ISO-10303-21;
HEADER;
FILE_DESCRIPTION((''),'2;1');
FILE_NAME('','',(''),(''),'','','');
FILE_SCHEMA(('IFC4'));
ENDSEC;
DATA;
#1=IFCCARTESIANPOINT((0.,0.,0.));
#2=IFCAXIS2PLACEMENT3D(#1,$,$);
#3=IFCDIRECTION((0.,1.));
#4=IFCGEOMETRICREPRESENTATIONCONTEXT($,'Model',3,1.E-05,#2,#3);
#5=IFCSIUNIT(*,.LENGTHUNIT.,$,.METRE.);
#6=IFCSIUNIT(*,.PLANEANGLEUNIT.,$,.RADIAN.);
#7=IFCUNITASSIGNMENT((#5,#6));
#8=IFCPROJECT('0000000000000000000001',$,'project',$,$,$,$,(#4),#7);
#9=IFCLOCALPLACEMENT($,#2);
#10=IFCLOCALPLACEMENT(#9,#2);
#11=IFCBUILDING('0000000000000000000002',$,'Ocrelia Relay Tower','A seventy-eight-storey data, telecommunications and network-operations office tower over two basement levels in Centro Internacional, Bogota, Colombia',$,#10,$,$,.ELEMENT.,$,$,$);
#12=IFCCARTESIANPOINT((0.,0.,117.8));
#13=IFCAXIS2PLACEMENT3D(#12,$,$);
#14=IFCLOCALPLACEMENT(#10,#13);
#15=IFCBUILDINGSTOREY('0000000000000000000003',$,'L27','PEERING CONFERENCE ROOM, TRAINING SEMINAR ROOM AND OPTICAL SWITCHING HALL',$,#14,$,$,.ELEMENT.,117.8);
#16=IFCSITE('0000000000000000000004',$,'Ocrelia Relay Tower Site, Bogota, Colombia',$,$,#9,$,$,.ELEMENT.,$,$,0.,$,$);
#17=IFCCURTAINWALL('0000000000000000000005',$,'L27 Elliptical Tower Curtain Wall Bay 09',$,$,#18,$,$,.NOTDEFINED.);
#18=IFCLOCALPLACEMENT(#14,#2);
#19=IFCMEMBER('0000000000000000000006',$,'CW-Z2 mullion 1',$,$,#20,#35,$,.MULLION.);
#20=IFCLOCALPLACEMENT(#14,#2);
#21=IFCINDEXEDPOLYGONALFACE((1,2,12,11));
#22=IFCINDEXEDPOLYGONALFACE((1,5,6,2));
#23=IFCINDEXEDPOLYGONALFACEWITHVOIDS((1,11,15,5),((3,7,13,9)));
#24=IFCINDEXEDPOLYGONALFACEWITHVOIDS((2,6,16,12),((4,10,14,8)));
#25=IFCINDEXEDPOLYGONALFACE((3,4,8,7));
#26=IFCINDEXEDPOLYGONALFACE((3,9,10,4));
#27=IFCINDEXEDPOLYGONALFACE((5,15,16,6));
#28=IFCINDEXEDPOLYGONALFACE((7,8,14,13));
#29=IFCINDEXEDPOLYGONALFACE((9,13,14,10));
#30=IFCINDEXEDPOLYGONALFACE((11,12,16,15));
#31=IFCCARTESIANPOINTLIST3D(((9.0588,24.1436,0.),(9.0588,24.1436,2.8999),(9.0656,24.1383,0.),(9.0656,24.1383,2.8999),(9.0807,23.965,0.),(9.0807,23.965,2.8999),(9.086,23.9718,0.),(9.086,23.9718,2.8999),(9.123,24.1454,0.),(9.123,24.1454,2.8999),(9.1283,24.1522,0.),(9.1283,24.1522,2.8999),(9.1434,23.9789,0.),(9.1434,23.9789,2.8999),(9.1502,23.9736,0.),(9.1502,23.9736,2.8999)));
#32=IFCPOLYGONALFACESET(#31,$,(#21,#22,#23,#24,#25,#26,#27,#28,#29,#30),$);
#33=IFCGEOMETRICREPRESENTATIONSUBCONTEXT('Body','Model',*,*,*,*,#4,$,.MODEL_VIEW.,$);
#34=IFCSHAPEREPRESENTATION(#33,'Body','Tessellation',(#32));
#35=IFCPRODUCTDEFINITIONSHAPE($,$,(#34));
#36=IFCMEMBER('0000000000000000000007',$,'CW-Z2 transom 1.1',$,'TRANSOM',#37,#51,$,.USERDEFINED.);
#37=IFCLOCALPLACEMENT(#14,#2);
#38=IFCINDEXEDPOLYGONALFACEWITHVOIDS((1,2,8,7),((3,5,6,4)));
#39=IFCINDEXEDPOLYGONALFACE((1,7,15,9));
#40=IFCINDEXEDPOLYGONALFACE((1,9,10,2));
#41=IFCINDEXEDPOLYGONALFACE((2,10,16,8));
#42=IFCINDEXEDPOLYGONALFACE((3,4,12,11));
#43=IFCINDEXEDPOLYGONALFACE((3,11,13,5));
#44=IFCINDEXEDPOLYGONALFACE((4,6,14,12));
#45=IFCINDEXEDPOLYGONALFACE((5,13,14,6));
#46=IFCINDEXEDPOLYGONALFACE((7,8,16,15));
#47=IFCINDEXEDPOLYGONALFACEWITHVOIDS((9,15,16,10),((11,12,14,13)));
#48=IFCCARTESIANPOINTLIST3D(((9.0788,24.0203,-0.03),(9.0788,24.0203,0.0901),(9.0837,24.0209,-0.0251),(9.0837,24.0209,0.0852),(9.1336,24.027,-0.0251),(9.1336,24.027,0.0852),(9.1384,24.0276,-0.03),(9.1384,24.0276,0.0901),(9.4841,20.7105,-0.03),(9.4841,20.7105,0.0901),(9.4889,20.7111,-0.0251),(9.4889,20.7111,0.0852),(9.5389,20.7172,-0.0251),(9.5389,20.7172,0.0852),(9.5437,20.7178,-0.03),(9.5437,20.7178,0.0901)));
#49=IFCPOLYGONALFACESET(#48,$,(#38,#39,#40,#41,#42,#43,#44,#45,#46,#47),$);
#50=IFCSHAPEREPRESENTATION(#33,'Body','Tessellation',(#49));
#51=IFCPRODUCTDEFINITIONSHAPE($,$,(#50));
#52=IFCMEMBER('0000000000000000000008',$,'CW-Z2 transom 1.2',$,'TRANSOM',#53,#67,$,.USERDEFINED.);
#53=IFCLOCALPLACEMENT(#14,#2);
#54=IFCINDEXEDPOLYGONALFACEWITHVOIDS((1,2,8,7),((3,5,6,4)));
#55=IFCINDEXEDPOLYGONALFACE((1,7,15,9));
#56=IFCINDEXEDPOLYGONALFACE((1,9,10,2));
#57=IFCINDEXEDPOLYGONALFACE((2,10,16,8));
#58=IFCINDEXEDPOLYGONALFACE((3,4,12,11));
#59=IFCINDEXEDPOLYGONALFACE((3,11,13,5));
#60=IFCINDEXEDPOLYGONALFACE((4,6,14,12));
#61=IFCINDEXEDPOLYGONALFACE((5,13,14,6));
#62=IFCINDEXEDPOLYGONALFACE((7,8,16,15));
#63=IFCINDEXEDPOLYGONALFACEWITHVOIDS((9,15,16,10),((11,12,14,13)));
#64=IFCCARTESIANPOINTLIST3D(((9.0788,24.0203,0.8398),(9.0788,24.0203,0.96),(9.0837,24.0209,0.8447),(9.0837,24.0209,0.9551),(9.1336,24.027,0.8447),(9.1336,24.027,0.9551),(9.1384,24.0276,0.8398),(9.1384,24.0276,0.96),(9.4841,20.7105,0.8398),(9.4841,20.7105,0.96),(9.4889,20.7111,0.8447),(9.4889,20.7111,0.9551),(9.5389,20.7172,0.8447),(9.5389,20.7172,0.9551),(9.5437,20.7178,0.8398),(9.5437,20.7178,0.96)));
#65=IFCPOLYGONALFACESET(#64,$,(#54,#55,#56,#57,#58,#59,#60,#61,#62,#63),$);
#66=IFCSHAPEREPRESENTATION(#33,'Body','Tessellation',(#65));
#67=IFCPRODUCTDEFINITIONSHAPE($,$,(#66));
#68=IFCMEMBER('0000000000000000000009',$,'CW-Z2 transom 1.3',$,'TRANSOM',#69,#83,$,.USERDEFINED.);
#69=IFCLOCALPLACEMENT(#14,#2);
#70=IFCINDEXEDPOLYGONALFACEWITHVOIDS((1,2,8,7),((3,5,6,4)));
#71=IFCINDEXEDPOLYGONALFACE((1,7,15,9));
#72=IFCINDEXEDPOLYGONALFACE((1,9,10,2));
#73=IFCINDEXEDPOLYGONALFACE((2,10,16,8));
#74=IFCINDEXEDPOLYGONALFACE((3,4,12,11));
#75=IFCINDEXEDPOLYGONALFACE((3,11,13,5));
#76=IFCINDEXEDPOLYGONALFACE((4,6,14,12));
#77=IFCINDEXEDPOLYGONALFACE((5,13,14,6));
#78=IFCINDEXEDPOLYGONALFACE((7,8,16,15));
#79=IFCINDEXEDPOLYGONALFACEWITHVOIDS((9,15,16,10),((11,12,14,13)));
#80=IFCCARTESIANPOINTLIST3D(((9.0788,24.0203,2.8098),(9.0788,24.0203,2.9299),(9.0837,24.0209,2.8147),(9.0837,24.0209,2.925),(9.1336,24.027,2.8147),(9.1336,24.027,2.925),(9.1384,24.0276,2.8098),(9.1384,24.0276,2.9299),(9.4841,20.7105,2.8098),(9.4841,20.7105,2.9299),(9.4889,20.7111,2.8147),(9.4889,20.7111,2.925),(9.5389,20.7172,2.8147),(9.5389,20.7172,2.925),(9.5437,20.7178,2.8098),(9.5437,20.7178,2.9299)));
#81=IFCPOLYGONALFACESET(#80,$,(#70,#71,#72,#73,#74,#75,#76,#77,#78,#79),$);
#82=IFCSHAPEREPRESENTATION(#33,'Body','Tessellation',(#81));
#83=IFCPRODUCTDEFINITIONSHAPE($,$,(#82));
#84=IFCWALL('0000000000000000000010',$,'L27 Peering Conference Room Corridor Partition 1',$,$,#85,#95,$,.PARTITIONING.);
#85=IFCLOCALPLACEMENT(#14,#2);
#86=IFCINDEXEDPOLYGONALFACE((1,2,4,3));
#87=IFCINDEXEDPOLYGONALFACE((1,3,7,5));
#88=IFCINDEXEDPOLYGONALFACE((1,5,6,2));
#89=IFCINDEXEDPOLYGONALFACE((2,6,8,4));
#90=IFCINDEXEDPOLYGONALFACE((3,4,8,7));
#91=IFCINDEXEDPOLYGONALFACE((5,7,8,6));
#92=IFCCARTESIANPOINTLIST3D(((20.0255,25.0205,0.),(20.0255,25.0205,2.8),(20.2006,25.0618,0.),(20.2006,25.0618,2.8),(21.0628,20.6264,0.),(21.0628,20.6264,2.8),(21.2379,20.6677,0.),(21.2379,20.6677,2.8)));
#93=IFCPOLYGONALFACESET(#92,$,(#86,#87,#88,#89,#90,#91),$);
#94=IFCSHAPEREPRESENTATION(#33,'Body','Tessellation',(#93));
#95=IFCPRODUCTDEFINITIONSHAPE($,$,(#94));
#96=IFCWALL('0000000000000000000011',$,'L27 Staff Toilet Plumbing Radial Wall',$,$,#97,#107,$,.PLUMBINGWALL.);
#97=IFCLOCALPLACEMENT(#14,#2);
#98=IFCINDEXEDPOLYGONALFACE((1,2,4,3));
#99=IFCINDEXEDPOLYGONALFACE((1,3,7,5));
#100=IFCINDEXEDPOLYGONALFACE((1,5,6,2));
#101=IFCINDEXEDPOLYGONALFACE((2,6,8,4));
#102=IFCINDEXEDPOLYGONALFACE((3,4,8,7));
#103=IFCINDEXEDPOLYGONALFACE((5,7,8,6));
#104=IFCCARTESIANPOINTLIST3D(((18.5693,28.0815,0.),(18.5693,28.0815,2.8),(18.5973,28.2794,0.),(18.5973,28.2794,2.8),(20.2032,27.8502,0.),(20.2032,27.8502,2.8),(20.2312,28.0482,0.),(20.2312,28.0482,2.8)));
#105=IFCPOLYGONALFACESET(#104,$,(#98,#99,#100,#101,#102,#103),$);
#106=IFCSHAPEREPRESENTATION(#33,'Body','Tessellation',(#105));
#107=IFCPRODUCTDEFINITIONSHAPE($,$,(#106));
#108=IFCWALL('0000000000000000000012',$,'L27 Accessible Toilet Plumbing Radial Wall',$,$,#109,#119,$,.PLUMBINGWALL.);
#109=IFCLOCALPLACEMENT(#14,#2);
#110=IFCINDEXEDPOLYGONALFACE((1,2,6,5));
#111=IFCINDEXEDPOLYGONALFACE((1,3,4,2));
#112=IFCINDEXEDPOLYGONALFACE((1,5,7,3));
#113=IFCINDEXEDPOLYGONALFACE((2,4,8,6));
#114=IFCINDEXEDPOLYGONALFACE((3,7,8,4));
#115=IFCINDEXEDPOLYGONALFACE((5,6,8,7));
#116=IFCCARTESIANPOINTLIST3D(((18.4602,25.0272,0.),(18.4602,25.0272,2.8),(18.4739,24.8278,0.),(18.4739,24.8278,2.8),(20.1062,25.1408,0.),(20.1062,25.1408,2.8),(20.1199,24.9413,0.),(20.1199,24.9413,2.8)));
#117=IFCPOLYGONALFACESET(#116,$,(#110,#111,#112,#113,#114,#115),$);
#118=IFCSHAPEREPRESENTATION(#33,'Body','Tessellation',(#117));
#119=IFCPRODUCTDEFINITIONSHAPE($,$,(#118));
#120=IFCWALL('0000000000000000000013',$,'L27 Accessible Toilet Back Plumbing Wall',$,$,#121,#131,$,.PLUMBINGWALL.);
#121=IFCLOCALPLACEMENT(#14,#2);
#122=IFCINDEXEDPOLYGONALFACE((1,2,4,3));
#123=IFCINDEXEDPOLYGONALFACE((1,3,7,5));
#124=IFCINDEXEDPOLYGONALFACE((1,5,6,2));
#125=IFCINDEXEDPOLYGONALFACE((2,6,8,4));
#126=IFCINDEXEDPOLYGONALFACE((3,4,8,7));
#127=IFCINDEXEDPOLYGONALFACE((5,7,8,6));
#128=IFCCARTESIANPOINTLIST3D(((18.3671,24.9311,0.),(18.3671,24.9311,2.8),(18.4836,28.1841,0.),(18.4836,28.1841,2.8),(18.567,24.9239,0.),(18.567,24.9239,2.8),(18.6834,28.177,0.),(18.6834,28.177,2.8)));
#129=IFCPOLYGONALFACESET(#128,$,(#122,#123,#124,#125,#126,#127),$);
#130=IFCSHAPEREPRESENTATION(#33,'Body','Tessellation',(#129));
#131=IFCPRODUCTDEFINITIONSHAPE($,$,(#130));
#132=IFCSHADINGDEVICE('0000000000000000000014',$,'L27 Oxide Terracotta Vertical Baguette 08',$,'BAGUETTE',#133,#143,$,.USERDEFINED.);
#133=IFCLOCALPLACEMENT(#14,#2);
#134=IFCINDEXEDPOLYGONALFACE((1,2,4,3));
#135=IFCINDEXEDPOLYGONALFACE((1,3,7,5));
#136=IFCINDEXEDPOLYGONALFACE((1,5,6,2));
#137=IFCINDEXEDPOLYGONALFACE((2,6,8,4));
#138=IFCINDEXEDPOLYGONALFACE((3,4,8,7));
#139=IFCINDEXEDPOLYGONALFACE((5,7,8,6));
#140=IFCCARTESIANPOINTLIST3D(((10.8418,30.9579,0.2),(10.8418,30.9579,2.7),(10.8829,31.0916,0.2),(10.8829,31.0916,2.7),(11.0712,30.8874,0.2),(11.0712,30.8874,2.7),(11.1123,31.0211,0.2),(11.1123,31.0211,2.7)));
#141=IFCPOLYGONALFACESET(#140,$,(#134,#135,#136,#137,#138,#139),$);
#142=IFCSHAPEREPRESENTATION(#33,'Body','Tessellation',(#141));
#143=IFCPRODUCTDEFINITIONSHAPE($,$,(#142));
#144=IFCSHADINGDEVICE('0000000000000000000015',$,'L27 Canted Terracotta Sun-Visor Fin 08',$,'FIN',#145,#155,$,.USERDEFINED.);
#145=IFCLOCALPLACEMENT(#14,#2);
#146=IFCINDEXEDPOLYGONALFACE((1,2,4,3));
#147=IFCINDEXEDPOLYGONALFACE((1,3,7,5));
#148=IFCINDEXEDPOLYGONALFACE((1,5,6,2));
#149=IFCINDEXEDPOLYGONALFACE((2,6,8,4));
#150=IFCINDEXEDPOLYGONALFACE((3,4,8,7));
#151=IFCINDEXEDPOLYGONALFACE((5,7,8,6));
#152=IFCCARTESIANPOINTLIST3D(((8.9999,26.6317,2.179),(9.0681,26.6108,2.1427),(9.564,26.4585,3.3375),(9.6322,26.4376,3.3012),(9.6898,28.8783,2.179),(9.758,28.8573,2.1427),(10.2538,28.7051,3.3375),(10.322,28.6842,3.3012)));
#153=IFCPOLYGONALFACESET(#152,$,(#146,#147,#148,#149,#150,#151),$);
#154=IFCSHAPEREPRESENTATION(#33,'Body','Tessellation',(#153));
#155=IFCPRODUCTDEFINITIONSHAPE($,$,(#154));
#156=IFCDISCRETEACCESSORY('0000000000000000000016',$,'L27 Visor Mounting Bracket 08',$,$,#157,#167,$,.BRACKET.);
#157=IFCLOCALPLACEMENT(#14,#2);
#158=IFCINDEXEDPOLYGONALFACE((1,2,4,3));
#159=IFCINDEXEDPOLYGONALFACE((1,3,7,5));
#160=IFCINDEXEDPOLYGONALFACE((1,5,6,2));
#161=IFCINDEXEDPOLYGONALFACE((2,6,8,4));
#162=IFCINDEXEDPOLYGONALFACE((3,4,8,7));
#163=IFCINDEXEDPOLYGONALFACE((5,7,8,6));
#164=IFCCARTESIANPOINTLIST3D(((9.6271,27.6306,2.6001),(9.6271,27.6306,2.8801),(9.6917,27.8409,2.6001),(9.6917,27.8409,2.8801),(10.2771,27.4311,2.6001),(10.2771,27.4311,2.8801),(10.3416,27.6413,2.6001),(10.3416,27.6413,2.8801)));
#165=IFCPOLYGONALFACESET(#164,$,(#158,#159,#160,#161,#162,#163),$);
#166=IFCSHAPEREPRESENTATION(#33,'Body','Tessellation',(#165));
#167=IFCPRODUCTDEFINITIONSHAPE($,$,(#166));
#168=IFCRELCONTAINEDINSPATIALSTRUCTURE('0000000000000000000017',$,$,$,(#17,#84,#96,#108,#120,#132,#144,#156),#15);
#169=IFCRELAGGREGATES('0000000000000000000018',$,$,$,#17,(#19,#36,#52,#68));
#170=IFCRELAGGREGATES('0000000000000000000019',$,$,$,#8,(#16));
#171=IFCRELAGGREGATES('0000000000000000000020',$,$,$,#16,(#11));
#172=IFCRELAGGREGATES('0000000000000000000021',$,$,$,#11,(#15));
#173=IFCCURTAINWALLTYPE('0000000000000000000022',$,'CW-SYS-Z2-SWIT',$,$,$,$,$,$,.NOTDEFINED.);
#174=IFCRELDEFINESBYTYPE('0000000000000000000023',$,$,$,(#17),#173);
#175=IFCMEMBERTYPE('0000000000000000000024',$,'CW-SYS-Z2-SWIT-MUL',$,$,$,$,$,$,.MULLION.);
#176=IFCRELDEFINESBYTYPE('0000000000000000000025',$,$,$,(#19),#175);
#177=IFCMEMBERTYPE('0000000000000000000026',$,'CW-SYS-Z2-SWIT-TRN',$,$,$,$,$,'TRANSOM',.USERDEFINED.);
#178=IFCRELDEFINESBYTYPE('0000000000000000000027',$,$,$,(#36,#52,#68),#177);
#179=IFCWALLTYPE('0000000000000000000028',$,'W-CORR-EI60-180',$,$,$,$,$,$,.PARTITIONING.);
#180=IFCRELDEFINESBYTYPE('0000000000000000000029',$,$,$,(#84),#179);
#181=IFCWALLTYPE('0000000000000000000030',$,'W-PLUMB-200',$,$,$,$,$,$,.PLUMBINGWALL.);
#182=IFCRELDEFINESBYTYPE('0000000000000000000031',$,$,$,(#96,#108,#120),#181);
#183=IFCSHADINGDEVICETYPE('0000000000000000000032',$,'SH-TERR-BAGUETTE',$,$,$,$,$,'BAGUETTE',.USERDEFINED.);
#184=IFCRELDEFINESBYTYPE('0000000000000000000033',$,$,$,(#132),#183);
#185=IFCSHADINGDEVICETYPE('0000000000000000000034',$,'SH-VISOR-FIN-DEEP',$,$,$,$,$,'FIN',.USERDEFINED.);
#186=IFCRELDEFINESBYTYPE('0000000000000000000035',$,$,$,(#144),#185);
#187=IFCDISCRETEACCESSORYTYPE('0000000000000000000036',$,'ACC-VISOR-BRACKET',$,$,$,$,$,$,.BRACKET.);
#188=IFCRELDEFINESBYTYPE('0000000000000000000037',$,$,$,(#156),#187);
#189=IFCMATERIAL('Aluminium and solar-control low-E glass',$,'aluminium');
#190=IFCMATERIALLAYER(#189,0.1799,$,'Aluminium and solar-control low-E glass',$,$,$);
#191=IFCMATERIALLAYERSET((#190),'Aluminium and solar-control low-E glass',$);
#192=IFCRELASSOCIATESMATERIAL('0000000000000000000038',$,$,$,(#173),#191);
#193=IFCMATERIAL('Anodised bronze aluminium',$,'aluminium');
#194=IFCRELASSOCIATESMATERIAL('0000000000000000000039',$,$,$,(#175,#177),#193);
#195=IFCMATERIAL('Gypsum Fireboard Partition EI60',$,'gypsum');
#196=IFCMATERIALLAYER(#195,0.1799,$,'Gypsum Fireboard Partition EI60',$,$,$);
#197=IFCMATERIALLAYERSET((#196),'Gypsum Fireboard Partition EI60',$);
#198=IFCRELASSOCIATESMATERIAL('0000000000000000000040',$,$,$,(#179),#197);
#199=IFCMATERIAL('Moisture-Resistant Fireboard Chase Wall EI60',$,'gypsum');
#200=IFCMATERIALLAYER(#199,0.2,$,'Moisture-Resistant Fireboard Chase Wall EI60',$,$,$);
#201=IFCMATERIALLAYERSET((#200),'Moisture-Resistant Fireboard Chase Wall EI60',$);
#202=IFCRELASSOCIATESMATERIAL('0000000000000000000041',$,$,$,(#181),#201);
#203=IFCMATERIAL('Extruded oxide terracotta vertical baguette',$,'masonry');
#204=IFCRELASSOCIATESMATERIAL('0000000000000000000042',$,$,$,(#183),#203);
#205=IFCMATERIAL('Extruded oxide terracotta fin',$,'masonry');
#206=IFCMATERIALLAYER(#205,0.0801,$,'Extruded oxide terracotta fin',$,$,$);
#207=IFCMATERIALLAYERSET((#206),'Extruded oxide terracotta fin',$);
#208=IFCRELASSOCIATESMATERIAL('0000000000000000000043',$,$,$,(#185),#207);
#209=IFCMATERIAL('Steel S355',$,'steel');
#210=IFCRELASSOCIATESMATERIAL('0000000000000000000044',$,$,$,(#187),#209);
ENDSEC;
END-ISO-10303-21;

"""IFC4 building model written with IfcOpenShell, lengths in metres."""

from ifc_helpers import new_model, si_unit, direction, frame, frame_2d, origin, origin_2d, place, context, subcontext, project, spatial, rectangle, hollow_rectangle, extrude, material, layer, layer_set, material_profile, profile_set, type_object, element, aggregate, save


model = new_model("IFC4")

# Units and contexts
model_context = context("Model", 3, precision=1e-05, world=origin(), true_north=direction((0.0, 1.0)))
body_context = subcontext(model_context, "Body", "Model", "MODEL_VIEW")
ifc_project = project(units=[si_unit("LENGTHUNIT", "METRE"), si_unit("PLANEANGLEUNIT", "RADIAN")], contexts=[model_context])

# Site, building, storey
site_placement = place(None, origin())
site = spatial("IfcSite", under=ifc_project, at=site_placement, Name="Ocrelia Relay Tower Site, Bogota, Colombia", CompositionType="ELEMENT", RefElevation=0.0)
building_placement = place(site_placement, origin())
building = spatial("IfcBuilding", under=site, at=building_placement, Name="Ocrelia Relay Tower", Description="A seventy-eight-storey data, telecommunications and network-operations office tower over two basement levels in Centro Internacional, Bogota, Colombia", CompositionType="ELEMENT")
storey_placement = place(building_placement, frame((0.0, 0.0, 117.8)))
storey = spatial("IfcBuildingStorey", under=building, at=storey_placement, Name="L27", Description="PEERING CONFERENCE ROOM, TRAINING SEMINAR ROOM AND OPTICAL SWITCHING HALL", CompositionType="ELEMENT", Elevation=117.8)

# Shared definitions
ifc_material_1 = material(Name="Steel S355", Category="steel")

# Curtain wall, members
ifc_material_2 = material(Name="Aluminium and solar-control low-E glass", Category="aluminium")
ifc_layer_1 = layer(ifc_material_2, 0.1799, Name="Aluminium and solar-control low-E glass")
ifc_layer_set_1 = layer_set([ifc_layer_1], Name="Aluminium and solar-control low-E glass")
curtain_wall_type = type_object("IfcCurtainWallType", Name="CW-SYS-Z2-SWIT", PredefinedType="NOTDEFINED", material=ifc_layer_set_1)
curtain_wall_placement = place(storey_placement, origin())
curtain_wall = element("IfcCurtainWall", 1, at=curtain_wall_placement, inside=storey, type_object=curtain_wall_type, Name="L27 Elliptical Tower Curtain Wall Bay 09", PredefinedType="NOTDEFINED")
ifc_material_3 = material(Name="Anodised bronze aluminium", Category="aluminium")
ifc_material_profile_1 = material_profile(ifc_material_3, hollow_rectangle(XDim=0.0701, YDim=0.1799, WallThickness=0.0061, at=origin_2d()), Name="CW-MUL-180x70")
ifc_profile_set_1 = profile_set([ifc_material_profile_1], Name="Anodised bronze aluminium")
member_type_1 = type_object("IfcMemberType", Name="CW-SYS-Z2-SWIT-MUL", PredefinedType="MULLION", material=ifc_profile_set_1)
member_1_placement = place(storey_placement, frame((9.1045, 24.0586, 0.0), z_axis=(0.0, 0.0, 1.0), x_axis=(0.992588, 0.121528, 0.0)))
member_1 = element("IfcMember", 2, at=member_1_placement, type_object=member_type_1, Name="CW-Z2 mullion 1", PredefinedType="MULLION", context=body_context, shape_type="SweptSolid", body=[
    extrude(hollow_rectangle(XDim=0.0701, YDim=0.1799, WallThickness=0.0061, at=origin_2d()), origin(), (0.0, 0.0, 1.0), 2.8999),
])
ifc_material_profile_2 = material_profile(ifc_material_3, hollow_rectangle(XDim=0.0601, YDim=0.1201, WallThickness=0.0049, at=origin_2d()), Name="CW-TRN-120x60")
ifc_profile_set_2 = profile_set([ifc_material_profile_2], Name="Anodised bronze aluminium")
member_type_2 = type_object("IfcMemberType", Name="CW-SYS-Z2-SWIT-TRN", ElementType="TRANSOM", PredefinedType="USERDEFINED", material=ifc_profile_set_2)
member_2_placement = place(storey_placement, frame((9.1086, 24.0239, 0.03), z_axis=(0.121538, -0.992587, 0.0), x_axis=(0.992587, 0.121538, 0.0)))
member_2 = element("IfcMember", 3, at=member_2_placement, type_object=member_type_2, Name="CW-Z2 transom 1.1", ObjectType="TRANSOM", PredefinedType="USERDEFINED", context=body_context, shape_type="SweptSolid", body=[
    extrude(hollow_rectangle(XDim=0.0601, YDim=0.1201, WallThickness=0.0049, at=origin_2d()), origin(), (0.0, 0.0, 1.0), 3.3345),
])
member_3_placement = place(storey_placement, frame((9.1086, 24.0239, 0.8999), z_axis=(0.121538, -0.992587, 0.0), x_axis=(0.992587, 0.121538, 0.0)))
member_3 = element("IfcMember", 4, at=member_3_placement, type_object=member_type_2, Name="CW-Z2 transom 1.2", ObjectType="TRANSOM", PredefinedType="USERDEFINED", context=body_context, shape_type="SweptSolid", body=[
    extrude(hollow_rectangle(XDim=0.0601, YDim=0.1201, WallThickness=0.0049, at=origin_2d()), origin(), (0.0, 0.0, 1.0), 3.3345),
])
member_4_placement = place(storey_placement, frame((9.1086, 24.0239, 2.8699), z_axis=(0.121538, -0.992587, 0.0), x_axis=(0.992587, 0.121538, 0.0)))
member_4 = element("IfcMember", 5, at=member_4_placement, type_object=member_type_2, Name="CW-Z2 transom 1.3", ObjectType="TRANSOM", PredefinedType="USERDEFINED", context=body_context, shape_type="SweptSolid", body=[
    extrude(hollow_rectangle(XDim=0.0601, YDim=0.1201, WallThickness=0.0049, at=origin_2d()), origin(), (0.0, 0.0, 1.0), 3.3345),
])
aggregate(curtain_wall, [member_1, member_2, member_3, member_4])

# Walls
ifc_material_4 = material(Name="Gypsum Fireboard Partition EI60", Category="gypsum")
ifc_layer_2 = layer(ifc_material_4, 0.1799, Name="Gypsum Fireboard Partition EI60")
ifc_layer_set_2 = layer_set([ifc_layer_2], Name="Gypsum Fireboard Partition EI60")
wall_type_1 = type_object("IfcWallType", Name="W-CORR-EI60-180", PredefinedType="PARTITIONING", material=ifc_layer_set_2)
wall_1_placement = place(storey_placement, frame((20.113, 25.041, 0.0), z_axis=(0.0, 0.0, 1.0), x_axis=(0.229766, -0.973246, 0.0)))
element("IfcWall", 6, at=wall_1_placement, inside=storey, type_object=wall_type_1, Name="L27 Peering Conference Room Corridor Partition 1", PredefinedType="PARTITIONING", context=body_context, shape_type="SweptSolid", body=[
    extrude(rectangle(XDim=4.5149, YDim=0.1799, at=frame_2d((2.2573, 0.0))), origin(), (0.0, 0.0, 1.0), 2.8),
])
ifc_material_5 = material(Name="Moisture-Resistant Fireboard Chase Wall EI60", Category="gypsum")
ifc_layer_3 = layer(ifc_material_5, 0.2, Name="Moisture-Resistant Fireboard Chase Wall EI60")
ifc_layer_set_3 = layer_set([ifc_layer_3], Name="Moisture-Resistant Fireboard Chase Wall EI60")
wall_type_2 = type_object("IfcWallType", Name="W-PLUMB-200", PredefinedType="PLUMBINGWALL", material=ifc_layer_set_3)
wall_2_placement = place(storey_placement, frame((20.2173, 27.9492, 0.0), z_axis=(0.0, 0.0, 1.0), x_axis=(-0.990135, 0.140116, 0.0)))
element("IfcWall", 7, at=wall_2_placement, inside=storey, type_object=wall_type_2, Name="L27 Staff Toilet Plumbing Radial Wall", PredefinedType="PLUMBINGWALL", context=body_context, shape_type="SweptSolid", body=[
    extrude(rectangle(XDim=1.6501, YDim=0.2, at=frame_2d((0.8252, 0.0))), origin(), (0.0, 0.0, 1.0), 2.8),
])
wall_3_placement = place(storey_placement, frame((20.113, 25.041, 0.0), z_axis=(0.0, 0.0, 1.0), x_axis=(-0.99763, -0.068807, 0.0)))
element("IfcWall", 8, at=wall_3_placement, inside=storey, type_object=wall_type_2, Name="L27 Accessible Toilet Plumbing Radial Wall", PredefinedType="PLUMBINGWALL", context=body_context, shape_type="SweptSolid", body=[
    extrude(rectangle(XDim=1.6499, YDim=0.2, at=frame_2d((0.825, 0.0))), origin(), (0.0, 0.0, 1.0), 2.8),
])
wall_4_placement = place(storey_placement, frame((18.5835, 28.1804, 0.0), z_axis=(0.0, 0.0, 1.0), x_axis=(-0.035777, -0.99936, 0.0)))
element("IfcWall", 9, at=wall_4_placement, inside=storey, type_object=wall_type_2, Name="L27 Accessible Toilet Back Plumbing Wall", PredefinedType="PLUMBINGWALL", context=body_context, shape_type="SweptSolid", body=[
    extrude(rectangle(XDim=3.2551, YDim=0.2, at=frame_2d((1.6274, 0.0))), origin(), (0.0, 0.0, 1.0), 2.8),
])

# Shading devices
ifc_material_6 = material(Name="Extruded oxide terracotta vertical baguette", Category="masonry")
shading_device_type_1 = type_object("IfcShadingDeviceType", Name="SH-TERR-BAGUETTE", ElementType="BAGUETTE", PredefinedType="USERDEFINED", material=ifc_material_6)
shading_device_1_placement = place(storey_placement, frame((10.9771, 30.9895, 0.2), z_axis=(0.0, 0.0, 1.0), x_axis=(-0.29353, -0.95595, 0.0)))
element("IfcShadingDevice", 10, at=shading_device_1_placement, inside=storey, type_object=shading_device_type_1, Name="L27 Oxide Terracotta Vertical Baguette 08", ObjectType="BAGUETTE", PredefinedType="USERDEFINED", context=body_context, shape_type="SweptSolid", body=[
    extrude(rectangle(XDim=0.1399, YDim=0.24, at=origin_2d()), origin(), (0.0, 0.0, 1.0), 2.5),
])
ifc_material_7 = material(Name="Extruded oxide terracotta fin", Category="masonry")
ifc_layer_4 = layer(ifc_material_7, 0.0801, Name="Extruded oxide terracotta fin")
ifc_layer_set_4 = layer_set([ifc_layer_4], Name="Extruded oxide terracotta fin")
shading_device_type_2 = type_object("IfcShadingDeviceType", Name="SH-VISOR-FIN-DEEP", ElementType="FIN", PredefinedType="USERDEFINED", material=ifc_layer_set_4)
shading_device_2_placement = place(storey_placement, frame((9.6951, 27.6475, 2.7219), z_axis=(-0.851833, 0.26156, 0.453835), x_axis=(-0.29353, -0.95595, 0.0)))
element("IfcShadingDevice", 11, at=shading_device_2_placement, inside=storey, type_object=shading_device_type_2, Name="L27 Canted Terracotta Sun-Visor Fin 08", ObjectType="FIN", PredefinedType="USERDEFINED", context=body_context, shape_type="SweptSolid", body=[
    extrude(rectangle(XDim=2.3501, YDim=1.3, at=origin_2d()), origin(), (0.0, 0.0, 1.0), 0.0801),
])

# Discrete accessory
discrete_accessory_type = type_object("IfcDiscreteAccessoryType", Name="ACC-VISOR-BRACKET", PredefinedType="BRACKET", material=ifc_material_1)
discrete_accessory_placement = place(storey_placement, frame((9.9844, 27.636, 2.6001), z_axis=(0.0, 0.0, 1.0), x_axis=(-0.29353, -0.95595, 0.0)))
element("IfcDiscreteAccessory", 12, at=discrete_accessory_placement, inside=storey, type_object=discrete_accessory_type, Name="L27 Visor Mounting Bracket 08", PredefinedType="BRACKET", context=body_context, shape_type="SweptSolid", body=[
    extrude(rectangle(XDim=0.22, YDim=0.6799, at=origin_2d()), origin(), (0.0, 0.0, 1.0), 0.28),
])

save(model, "model.ifc")
